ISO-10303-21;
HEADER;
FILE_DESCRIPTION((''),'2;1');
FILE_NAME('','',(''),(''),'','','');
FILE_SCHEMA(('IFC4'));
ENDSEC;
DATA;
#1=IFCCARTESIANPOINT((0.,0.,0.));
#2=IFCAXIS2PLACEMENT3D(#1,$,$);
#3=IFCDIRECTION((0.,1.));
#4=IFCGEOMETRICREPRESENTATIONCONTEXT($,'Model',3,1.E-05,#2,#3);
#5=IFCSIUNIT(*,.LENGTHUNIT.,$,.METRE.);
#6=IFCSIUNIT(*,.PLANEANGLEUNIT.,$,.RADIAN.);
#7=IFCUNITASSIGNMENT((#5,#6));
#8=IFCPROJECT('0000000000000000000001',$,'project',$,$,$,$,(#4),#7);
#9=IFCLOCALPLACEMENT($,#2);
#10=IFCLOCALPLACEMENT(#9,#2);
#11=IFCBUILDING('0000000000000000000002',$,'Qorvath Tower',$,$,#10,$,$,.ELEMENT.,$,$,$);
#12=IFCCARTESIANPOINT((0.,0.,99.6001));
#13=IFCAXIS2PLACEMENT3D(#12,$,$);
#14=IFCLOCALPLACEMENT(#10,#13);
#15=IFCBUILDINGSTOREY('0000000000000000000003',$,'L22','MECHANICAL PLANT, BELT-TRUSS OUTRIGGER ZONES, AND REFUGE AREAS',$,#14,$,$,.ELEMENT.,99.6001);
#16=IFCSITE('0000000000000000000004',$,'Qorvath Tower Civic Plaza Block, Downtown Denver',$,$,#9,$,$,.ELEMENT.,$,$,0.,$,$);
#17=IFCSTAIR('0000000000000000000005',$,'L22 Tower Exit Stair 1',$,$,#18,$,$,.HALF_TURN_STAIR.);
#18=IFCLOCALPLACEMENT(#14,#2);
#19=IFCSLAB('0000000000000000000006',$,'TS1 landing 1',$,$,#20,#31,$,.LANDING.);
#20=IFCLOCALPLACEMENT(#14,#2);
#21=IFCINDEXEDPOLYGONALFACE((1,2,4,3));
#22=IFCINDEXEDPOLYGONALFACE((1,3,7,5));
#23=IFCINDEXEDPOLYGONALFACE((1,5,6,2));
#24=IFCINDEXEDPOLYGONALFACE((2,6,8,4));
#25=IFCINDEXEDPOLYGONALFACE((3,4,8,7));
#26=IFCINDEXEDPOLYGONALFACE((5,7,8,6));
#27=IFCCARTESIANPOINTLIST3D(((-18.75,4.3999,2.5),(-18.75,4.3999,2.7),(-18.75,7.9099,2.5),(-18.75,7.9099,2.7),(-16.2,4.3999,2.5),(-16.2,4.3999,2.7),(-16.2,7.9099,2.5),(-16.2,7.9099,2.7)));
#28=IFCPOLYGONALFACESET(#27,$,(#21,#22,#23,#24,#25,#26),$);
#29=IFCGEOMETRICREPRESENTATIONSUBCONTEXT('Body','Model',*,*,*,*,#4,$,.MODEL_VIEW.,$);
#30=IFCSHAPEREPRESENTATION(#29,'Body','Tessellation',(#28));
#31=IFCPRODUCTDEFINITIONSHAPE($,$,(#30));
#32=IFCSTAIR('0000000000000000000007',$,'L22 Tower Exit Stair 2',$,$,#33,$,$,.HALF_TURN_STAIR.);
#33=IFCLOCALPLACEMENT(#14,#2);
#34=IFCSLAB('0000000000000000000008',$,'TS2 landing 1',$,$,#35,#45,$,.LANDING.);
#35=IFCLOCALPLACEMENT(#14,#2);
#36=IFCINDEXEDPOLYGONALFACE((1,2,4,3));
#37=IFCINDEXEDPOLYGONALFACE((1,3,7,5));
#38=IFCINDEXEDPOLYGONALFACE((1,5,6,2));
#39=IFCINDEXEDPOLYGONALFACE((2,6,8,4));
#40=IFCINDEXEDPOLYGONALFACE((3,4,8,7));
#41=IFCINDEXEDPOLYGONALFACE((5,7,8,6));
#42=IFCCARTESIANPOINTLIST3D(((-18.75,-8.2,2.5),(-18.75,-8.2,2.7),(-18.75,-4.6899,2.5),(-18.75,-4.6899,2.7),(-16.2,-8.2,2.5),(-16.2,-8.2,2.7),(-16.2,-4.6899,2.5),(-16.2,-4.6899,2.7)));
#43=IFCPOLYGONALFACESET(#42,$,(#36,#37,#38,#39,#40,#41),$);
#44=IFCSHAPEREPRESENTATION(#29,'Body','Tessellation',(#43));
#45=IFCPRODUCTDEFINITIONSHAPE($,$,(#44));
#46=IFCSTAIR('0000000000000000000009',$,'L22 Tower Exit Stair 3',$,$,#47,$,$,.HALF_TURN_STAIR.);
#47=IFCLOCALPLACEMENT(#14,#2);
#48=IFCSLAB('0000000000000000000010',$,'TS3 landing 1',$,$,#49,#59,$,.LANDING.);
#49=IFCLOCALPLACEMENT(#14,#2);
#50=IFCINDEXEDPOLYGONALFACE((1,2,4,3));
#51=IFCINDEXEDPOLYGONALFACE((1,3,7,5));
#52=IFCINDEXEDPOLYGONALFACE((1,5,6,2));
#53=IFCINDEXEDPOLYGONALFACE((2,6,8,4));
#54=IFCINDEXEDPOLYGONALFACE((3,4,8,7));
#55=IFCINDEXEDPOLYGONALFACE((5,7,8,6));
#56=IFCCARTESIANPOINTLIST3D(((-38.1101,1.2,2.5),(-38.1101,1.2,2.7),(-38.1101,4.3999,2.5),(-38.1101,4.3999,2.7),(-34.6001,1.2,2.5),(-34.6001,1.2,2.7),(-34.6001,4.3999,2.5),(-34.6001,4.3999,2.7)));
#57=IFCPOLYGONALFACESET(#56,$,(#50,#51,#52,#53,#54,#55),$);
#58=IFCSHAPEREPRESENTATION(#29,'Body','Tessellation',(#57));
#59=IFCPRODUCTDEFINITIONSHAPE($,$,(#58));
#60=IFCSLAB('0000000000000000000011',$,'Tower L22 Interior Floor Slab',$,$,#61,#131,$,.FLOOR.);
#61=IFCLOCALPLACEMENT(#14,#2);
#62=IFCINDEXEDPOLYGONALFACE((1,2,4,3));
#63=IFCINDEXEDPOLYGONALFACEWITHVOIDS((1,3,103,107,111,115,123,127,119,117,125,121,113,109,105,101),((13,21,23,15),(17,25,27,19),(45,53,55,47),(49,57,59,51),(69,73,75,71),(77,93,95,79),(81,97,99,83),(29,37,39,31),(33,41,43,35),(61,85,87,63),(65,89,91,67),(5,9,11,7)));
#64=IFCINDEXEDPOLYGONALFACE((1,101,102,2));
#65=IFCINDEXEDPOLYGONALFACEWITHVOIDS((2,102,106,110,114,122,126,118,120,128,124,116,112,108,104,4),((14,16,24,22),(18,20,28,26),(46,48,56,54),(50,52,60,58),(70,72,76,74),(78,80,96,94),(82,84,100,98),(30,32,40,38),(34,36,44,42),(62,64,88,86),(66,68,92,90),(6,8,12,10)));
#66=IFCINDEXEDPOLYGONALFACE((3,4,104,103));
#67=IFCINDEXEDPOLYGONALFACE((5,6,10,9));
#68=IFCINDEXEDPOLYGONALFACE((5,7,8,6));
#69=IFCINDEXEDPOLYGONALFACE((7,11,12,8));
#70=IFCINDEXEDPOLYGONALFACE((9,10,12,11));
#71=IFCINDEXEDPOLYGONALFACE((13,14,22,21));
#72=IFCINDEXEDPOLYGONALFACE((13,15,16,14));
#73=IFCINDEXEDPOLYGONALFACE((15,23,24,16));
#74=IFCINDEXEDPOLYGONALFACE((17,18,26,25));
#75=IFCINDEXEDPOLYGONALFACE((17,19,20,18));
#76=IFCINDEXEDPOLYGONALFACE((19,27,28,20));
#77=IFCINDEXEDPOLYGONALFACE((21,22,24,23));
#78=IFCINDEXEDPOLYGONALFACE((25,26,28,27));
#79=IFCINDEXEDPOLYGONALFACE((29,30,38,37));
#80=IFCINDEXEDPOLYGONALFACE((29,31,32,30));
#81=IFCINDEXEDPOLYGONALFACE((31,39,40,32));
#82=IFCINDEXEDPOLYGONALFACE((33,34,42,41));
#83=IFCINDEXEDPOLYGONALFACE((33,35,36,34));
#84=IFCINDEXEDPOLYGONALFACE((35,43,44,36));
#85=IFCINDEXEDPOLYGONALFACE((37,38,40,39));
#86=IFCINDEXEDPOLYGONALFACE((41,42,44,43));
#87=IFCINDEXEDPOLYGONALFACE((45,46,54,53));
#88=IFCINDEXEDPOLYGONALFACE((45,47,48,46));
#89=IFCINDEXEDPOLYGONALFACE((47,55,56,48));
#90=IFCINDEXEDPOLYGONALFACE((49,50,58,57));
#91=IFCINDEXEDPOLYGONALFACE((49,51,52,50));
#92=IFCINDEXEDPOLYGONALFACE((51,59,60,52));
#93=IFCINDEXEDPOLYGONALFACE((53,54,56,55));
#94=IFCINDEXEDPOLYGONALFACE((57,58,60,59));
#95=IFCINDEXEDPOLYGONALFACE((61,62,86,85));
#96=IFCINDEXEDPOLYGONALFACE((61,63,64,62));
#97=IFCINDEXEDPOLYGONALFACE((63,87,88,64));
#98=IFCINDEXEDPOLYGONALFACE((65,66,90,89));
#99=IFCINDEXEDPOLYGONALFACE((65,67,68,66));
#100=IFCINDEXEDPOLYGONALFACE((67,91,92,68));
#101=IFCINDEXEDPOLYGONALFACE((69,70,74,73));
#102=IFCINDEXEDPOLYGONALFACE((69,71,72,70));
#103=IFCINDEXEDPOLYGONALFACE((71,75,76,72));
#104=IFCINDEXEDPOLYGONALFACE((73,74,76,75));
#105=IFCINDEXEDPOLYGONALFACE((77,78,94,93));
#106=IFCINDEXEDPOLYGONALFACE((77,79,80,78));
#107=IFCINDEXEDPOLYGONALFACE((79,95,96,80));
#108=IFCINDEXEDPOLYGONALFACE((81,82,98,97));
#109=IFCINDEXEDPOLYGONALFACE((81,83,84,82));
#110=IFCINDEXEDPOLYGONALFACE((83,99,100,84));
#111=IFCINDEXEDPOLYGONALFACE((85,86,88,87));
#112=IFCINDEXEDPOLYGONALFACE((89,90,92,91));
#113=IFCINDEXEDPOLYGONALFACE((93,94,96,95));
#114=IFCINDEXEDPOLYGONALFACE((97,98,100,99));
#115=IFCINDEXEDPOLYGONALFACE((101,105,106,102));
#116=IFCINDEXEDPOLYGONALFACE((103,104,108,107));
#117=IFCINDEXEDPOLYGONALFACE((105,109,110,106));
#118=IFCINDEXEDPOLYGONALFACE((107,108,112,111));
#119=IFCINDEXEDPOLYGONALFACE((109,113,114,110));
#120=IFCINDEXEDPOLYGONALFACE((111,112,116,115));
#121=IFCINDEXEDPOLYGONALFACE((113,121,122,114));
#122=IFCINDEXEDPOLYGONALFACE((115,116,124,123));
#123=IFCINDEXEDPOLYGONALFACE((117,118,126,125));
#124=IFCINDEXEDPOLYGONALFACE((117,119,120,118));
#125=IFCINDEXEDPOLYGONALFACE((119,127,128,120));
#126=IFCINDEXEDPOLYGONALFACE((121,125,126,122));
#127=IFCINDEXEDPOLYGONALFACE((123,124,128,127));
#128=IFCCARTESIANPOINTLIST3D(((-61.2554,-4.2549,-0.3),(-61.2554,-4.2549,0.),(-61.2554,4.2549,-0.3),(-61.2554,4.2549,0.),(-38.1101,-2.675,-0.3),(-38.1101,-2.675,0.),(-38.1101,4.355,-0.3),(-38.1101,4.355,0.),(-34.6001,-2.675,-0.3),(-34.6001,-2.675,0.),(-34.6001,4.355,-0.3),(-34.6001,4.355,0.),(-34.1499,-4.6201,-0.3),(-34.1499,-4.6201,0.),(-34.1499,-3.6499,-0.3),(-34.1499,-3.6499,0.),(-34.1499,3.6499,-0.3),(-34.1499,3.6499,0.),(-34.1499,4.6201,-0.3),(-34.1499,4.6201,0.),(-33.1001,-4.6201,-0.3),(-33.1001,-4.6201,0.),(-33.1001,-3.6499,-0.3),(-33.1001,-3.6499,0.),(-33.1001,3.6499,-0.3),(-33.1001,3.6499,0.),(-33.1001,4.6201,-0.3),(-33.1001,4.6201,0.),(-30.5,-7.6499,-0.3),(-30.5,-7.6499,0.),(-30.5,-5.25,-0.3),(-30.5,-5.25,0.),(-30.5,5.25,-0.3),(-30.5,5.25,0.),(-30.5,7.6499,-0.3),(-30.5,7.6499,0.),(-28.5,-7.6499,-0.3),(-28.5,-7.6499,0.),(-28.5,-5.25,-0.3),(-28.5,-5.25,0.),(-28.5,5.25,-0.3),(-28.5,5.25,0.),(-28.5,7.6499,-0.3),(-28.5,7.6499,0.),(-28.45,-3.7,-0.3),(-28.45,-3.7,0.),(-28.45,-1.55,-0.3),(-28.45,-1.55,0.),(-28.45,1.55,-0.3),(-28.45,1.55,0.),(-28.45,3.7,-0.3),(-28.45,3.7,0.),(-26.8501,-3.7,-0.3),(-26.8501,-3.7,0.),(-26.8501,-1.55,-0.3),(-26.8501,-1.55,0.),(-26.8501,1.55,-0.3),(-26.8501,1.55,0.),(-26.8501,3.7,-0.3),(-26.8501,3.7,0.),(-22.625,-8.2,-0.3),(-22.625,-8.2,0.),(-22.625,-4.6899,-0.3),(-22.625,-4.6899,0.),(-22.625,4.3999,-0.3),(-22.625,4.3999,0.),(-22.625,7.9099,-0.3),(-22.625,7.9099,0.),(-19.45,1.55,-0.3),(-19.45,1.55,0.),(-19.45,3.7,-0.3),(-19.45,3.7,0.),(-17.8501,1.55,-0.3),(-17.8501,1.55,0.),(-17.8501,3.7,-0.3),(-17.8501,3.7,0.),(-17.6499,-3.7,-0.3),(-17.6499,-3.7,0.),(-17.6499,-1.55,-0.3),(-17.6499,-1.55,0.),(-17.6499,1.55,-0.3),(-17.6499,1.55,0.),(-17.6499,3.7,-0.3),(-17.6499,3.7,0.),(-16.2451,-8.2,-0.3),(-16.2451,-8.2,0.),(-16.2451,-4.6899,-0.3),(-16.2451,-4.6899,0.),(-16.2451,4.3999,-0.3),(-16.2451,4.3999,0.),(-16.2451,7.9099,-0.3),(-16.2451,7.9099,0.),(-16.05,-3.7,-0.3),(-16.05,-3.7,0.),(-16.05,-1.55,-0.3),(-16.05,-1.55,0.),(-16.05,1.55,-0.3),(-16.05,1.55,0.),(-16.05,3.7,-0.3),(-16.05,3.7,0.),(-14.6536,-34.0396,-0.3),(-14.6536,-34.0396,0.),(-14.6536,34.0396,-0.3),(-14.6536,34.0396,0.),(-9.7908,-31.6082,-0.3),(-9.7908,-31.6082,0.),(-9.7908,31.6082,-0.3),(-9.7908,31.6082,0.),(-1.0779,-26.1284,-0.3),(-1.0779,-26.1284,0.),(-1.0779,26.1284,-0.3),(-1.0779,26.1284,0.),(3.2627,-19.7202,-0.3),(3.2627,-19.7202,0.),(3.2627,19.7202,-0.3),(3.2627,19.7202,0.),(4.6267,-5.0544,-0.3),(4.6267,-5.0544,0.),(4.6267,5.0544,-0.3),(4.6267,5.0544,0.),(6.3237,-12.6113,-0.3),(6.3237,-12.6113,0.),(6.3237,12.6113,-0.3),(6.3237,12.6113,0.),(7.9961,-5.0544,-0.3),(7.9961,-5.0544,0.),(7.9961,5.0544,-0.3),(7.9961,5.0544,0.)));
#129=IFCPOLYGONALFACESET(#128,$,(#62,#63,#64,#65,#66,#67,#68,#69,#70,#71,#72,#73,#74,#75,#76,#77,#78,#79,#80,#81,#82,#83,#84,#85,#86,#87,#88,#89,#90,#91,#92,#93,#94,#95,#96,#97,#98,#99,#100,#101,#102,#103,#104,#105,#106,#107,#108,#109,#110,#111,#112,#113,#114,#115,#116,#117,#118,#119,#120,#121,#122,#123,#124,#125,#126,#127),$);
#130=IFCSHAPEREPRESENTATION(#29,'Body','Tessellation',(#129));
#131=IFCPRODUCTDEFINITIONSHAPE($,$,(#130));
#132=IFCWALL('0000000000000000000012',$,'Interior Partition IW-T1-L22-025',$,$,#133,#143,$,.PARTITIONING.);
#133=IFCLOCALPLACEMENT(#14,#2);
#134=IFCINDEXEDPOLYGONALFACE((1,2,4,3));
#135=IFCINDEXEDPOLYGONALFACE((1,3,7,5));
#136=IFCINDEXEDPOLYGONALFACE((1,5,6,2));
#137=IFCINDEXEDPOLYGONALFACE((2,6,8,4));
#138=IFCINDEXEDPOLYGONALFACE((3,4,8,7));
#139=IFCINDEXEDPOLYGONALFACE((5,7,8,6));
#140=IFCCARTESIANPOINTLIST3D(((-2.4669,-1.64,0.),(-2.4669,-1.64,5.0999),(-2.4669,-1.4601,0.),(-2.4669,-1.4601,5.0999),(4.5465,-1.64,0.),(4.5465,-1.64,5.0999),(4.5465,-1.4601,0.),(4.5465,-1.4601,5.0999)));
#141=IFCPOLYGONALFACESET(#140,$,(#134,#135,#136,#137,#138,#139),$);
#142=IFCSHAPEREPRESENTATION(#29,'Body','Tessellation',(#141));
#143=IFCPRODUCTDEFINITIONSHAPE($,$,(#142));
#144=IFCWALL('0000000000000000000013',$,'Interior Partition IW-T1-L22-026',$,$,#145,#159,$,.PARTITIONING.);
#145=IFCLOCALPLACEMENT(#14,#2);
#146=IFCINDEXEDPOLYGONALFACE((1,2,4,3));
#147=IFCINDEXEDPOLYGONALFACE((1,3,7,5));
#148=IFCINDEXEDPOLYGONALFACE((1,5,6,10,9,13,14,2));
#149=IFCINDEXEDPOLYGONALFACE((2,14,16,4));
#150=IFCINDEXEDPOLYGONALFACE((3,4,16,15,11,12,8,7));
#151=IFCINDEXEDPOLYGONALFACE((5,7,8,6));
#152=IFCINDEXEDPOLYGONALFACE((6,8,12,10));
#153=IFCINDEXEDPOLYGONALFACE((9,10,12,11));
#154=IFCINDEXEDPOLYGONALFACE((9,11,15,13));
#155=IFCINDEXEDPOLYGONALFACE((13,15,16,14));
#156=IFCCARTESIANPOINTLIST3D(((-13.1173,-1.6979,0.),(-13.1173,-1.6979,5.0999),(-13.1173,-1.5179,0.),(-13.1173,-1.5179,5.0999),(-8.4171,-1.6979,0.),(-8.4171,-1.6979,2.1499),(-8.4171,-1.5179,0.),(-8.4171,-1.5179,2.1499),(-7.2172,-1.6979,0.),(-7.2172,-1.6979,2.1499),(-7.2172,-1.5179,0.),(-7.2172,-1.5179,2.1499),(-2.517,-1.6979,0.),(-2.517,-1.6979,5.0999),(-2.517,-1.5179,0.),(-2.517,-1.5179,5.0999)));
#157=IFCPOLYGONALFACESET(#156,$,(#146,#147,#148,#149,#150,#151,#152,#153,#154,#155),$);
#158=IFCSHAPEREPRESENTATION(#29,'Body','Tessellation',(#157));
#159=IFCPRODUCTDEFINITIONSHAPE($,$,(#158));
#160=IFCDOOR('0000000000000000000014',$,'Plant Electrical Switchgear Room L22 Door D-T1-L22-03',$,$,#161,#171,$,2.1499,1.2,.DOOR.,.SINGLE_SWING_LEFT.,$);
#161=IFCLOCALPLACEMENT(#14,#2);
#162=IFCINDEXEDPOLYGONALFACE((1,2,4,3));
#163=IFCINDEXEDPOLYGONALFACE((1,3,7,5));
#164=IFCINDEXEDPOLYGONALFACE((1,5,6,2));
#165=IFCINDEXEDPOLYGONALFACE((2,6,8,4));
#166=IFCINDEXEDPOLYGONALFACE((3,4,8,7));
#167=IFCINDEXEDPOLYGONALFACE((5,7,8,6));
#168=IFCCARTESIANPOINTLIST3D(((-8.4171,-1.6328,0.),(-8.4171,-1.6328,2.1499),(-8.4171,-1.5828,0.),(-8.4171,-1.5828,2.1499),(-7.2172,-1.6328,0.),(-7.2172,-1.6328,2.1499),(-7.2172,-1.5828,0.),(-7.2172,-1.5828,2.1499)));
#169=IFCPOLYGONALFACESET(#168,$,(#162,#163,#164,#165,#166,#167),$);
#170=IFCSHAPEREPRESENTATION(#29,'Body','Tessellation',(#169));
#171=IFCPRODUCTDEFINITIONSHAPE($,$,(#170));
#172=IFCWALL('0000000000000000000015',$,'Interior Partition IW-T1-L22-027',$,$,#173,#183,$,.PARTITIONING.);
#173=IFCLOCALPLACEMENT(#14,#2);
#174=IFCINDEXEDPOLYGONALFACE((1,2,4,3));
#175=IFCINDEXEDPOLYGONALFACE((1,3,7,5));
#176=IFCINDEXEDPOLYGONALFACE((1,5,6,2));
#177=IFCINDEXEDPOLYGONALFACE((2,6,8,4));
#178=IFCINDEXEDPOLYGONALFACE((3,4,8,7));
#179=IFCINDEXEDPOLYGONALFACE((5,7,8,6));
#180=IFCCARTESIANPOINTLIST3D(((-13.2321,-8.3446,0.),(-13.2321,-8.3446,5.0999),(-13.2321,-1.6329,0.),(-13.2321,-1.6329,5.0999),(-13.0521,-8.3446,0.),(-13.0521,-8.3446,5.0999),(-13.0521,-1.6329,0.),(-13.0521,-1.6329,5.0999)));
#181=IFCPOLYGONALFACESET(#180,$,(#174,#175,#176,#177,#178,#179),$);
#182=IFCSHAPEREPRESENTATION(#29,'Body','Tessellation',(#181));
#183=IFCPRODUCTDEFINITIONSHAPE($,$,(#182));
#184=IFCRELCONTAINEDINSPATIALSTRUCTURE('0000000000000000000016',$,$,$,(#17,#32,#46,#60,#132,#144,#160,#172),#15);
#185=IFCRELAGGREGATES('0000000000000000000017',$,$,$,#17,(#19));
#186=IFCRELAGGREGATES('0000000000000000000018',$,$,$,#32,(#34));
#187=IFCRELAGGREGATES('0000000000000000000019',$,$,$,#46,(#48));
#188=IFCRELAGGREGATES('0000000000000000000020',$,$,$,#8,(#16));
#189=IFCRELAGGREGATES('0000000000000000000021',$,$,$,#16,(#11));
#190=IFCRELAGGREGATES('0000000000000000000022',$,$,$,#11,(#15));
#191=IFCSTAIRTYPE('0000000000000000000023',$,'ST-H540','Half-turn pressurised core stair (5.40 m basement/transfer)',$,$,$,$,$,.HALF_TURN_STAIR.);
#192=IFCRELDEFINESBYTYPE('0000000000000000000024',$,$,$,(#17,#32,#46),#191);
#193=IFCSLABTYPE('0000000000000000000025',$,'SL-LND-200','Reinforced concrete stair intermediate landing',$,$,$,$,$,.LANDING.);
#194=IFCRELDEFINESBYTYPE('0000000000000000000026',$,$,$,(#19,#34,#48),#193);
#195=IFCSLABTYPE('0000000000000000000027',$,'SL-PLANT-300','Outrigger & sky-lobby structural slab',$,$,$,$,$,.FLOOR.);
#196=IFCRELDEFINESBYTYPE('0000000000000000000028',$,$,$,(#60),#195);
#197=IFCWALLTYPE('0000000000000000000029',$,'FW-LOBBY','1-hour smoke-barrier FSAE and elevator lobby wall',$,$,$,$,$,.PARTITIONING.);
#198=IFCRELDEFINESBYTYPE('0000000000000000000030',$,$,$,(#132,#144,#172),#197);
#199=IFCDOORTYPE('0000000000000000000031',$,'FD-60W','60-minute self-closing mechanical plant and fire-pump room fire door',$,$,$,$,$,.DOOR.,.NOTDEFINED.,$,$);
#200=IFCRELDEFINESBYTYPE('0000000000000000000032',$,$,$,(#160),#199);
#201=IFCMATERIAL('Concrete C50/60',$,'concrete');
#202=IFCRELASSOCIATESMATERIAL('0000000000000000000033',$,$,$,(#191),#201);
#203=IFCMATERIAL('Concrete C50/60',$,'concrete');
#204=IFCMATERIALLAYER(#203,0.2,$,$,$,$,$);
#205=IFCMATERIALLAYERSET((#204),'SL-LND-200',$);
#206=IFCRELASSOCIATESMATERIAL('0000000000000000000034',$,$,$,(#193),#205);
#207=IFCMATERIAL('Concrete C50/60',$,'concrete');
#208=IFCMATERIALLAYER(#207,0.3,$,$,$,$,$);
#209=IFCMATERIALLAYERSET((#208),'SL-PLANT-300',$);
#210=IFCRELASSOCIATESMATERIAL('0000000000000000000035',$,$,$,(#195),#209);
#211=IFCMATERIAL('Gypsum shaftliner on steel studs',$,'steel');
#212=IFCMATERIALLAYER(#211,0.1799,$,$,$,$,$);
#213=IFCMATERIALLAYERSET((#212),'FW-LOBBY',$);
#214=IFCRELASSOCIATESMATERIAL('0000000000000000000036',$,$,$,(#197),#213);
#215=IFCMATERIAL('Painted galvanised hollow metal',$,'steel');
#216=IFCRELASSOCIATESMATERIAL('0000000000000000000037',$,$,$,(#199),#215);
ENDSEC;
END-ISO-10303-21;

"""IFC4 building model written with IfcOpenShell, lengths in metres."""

from ifc_helpers import new_model, si_unit, direction, frame, frame_2d, origin, place, context, subcontext, project, spatial, polyline, rectangle, outline, extrude, material, layer, layer_set, type_object, element, fill, aggregate, save


model = new_model("IFC4")

# Units and contexts
model_context = context("Model", 3, precision=1e-05, world=origin(), true_north=direction((0.0, 1.0)))
body_context = subcontext(model_context, "Body", "Model", "MODEL_VIEW")
ifc_project = project(units=[si_unit("LENGTHUNIT", "METRE"), si_unit("PLANEANGLEUNIT", "RADIAN")], contexts=[model_context])

# Site, building, storey
site_placement = place(None, origin())
site = spatial("IfcSite", under=ifc_project, at=site_placement, Name="Qorvath Tower Civic Plaza Block, Downtown Denver", CompositionType="ELEMENT", RefElevation=0.0)
building_placement = place(site_placement, origin())
building = spatial("IfcBuilding", under=site, at=building_placement, Name="Qorvath Tower", CompositionType="ELEMENT")
storey_placement = place(building_placement, frame((0.0, 0.0, 99.6001)))
storey = spatial("IfcBuildingStorey", under=building, at=storey_placement, Name="L22", Description="MECHANICAL PLANT, BELT-TRUSS OUTRIGGER ZONES, AND REFUGE AREAS", CompositionType="ELEMENT", Elevation=99.6001)

# Stairs, slabs
ifc_material_1 = material(Name="Concrete C50/60", Category="concrete")
stair_type = type_object("IfcStairType", Name="ST-H540", Description="Half-turn pressurised core stair (5.40 m basement/transfer)", PredefinedType="HALF_TURN_STAIR", material=ifc_material_1)
stair_1_placement = place(storey_placement, origin())
stair_1 = element("IfcStair", 1, at=stair_1_placement, inside=storey, type_object=stair_type, Name="L22 Tower Exit Stair 1", PredefinedType="HALF_TURN_STAIR")
ifc_material_2 = material(Name="Concrete C50/60", Category="concrete")
ifc_layer_1 = layer(ifc_material_2, 0.2)
ifc_layer_set_1 = layer_set([ifc_layer_1], Name="SL-LND-200")
slab_type_1 = type_object("IfcSlabType", Name="SL-LND-200", Description="Reinforced concrete stair intermediate landing", PredefinedType="LANDING", material=ifc_layer_set_1)
slab_1_placement = place(storey_placement, frame((0.0, 0.0, 2.5)))
slab_1 = element("IfcSlab", 2, at=slab_1_placement, type_object=slab_type_1, Name="TS1 landing 1", PredefinedType="LANDING", context=body_context, shape_type="SweptSolid", body=[
    extrude(outline(polyline([(-18.75, 4.3999), (-16.2, 4.3999), (-16.2, 7.9099), (-18.75, 7.9099), (-18.75, 4.3999)])), origin(), (0.0, 0.0, 1.0), 0.2),
])
aggregate(stair_1, [slab_1])
stair_2_placement = place(storey_placement, origin())
stair_2 = element("IfcStair", 3, at=stair_2_placement, inside=storey, type_object=stair_type, Name="L22 Tower Exit Stair 2", PredefinedType="HALF_TURN_STAIR")
slab_2_placement = place(storey_placement, frame((0.0, 0.0, 2.5)))
slab_2 = element("IfcSlab", 4, at=slab_2_placement, type_object=slab_type_1, Name="TS2 landing 1", PredefinedType="LANDING", context=body_context, shape_type="SweptSolid", body=[
    extrude(outline(polyline([(-18.75, -8.2), (-16.2, -8.2), (-16.2, -4.6899), (-18.75, -4.6899), (-18.75, -8.2)])), origin(), (0.0, 0.0, 1.0), 0.2),
])
aggregate(stair_2, [slab_2])
stair_3_placement = place(storey_placement, origin())
stair_3 = element("IfcStair", 5, at=stair_3_placement, inside=storey, type_object=stair_type, Name="L22 Tower Exit Stair 3", PredefinedType="HALF_TURN_STAIR")
slab_3_placement = place(storey_placement, frame((0.0, 0.0, 2.5)))
slab_3 = element("IfcSlab", 6, at=slab_3_placement, type_object=slab_type_1, Name="TS3 landing 1", PredefinedType="LANDING", context=body_context, shape_type="SweptSolid", body=[
    extrude(outline(polyline([(-34.6001, 1.2), (-34.6001, 4.3999), (-38.1101, 4.3999), (-38.1101, 1.2), (-34.6001, 1.2)])), origin(), (0.0, 0.0, 1.0), 0.2),
])
aggregate(stair_3, [slab_3])

# Slab
ifc_material_3 = material(Name="Concrete C50/60", Category="concrete")
ifc_layer_2 = layer(ifc_material_3, 0.3)
ifc_layer_set_2 = layer_set([ifc_layer_2], Name="SL-PLANT-300")
slab_type_2 = type_object("IfcSlabType", Name="SL-PLANT-300", Description="Outrigger & sky-lobby structural slab", PredefinedType="FLOOR", material=ifc_layer_set_2)
slab_4_placement = place(storey_placement, frame((0.0, 0.0, -0.3)))
element("IfcSlab", 7, at=slab_4_placement, inside=storey, type_object=slab_type_2, Name="Tower L22 Interior Floor Slab", PredefinedType="FLOOR", context=body_context, shape_type="SweptSolid", body=[
    extrude(outline(polyline([(-61.2554, 4.2549), (-61.2554, -4.2549), (-14.6536, -34.0396), (-9.7908, -31.6082), (-1.0779, -26.1284), (3.2627, -19.7202), (6.3237, -12.6113), (7.9961, -5.0544), (4.6267, -5.0544), (4.6267, 5.0544), (7.9961, 5.0544), (6.3237, 12.6113), (3.2627, 19.7202), (-1.0779, 26.1284), (-9.7908, 31.6082), (-14.6536, 34.0396), (-61.2554, 4.2549)]), holes=[polyline([(-17.6499, -3.7), (-17.6499, -1.55), (-16.05, -1.55), (-16.05, -3.7), (-17.6499, -3.7)]), polyline([(-17.6499, 1.55), (-17.6499, 3.7), (-16.05, 3.7), (-16.05, 1.55), (-17.6499, 1.55)]), polyline([(-16.2451, -8.2), (-22.625, -8.2), (-22.625, -4.6899), (-16.2451, -4.6899), (-16.2451, -8.2)]), polyline([(-22.625, 4.3999), (-22.625, 7.9099), (-16.2451, 7.9099), (-16.2451, 4.3999), (-22.625, 4.3999)]), polyline([(-17.8501, 1.55), (-19.45, 1.55), (-19.45, 3.7), (-17.8501, 3.7), (-17.8501, 1.55)]), polyline([(-28.45, -3.7), (-28.45, -1.55), (-26.8501, -1.55), (-26.8501, -3.7), (-28.45, -3.7)]), polyline([(-26.8501, 1.55), (-28.45, 1.55), (-28.45, 3.7), (-26.8501, 3.7), (-26.8501, 1.55)]), polyline([(-28.5, -7.6499), (-30.5, -7.6499), (-30.5, -5.25), (-28.5, -5.25), (-28.5, -7.6499)]), polyline([(-30.5, 5.25), (-30.5, 7.6499), (-28.5, 7.6499), (-28.5, 5.25), (-30.5, 5.25)]), polyline([(-34.1499, -4.6201), (-34.1499, -3.6499), (-33.1001, -3.6499), (-33.1001, -4.6201), (-34.1499, -4.6201)]), polyline([(-34.1499, 3.6499), (-34.1499, 4.6201), (-33.1001, 4.6201), (-33.1001, 3.6499), (-34.1499, 3.6499)]), polyline([(-34.6001, -2.675), (-38.1101, -2.675), (-38.1101, 4.355), (-34.6001, 4.355), (-34.6001, -2.675)])]), origin(), (0.0, 0.0, 1.0), 0.3),
])

# Wall
ifc_material_4 = material(Name="Gypsum shaftliner on steel studs", Category="steel")
ifc_layer_3 = layer(ifc_material_4, 0.1799)
ifc_layer_set_3 = layer_set([ifc_layer_3], Name="FW-LOBBY")
wall_type_1 = type_object("IfcWallType", Name="FW-LOBBY", Description="1-hour smoke-barrier FSAE and elevator lobby wall", PredefinedType="PARTITIONING", material=ifc_layer_set_3)
wall_1_placement = place(storey_placement, frame((4.5466, -1.55, 0.0), z_axis=(0.0, 0.0, 1.0), x_axis=(-1.0, 0.0, 0.0)))
element("IfcWall", 8, at=wall_1_placement, inside=storey, type_object=wall_type_1, Name="Interior Partition IW-T1-L22-025", PredefinedType="PARTITIONING", context=body_context, shape_type="SweptSolid", body=[
    extrude(rectangle(XDim=7.0134, YDim=0.1799, at=frame_2d((3.5068, 0.0))), origin(), (0.0, 0.0, 1.0), 5.0999),
])

# Wall, opening, door
wall_2_placement = place(storey_placement, frame((-2.5168, -1.6079, 0.0), z_axis=(0.0, 0.0, 1.0), x_axis=(-1.0, 0.0, 0.0)))
wall_2 = element("IfcWall", 9, at=wall_2_placement, inside=storey, type_object=wall_type_1, Name="Interior Partition IW-T1-L22-026", PredefinedType="PARTITIONING", context=body_context, shape_type="SweptSolid", body=[
    extrude(rectangle(XDim=10.6003, YDim=0.1799, at=frame_2d((5.3003, 0.0))), origin(), (0.0, 0.0, 1.0), 5.0999),
])
opening_1_placement = place(wall_2_placement, frame((4.7002, 0.0, 0.0)))
opening_1 = element("IfcOpeningElement", 10, at=opening_1_placement, cuts=wall_2, PredefinedType="OPENING", context=body_context, shape_type="SweptSolid", body=[
    extrude(rectangle(XDim=1.2, YDim=2.1499, at=frame_2d((0.6001, 1.075))), frame((0.0, 0.1001, 0.0), z_axis=(0.0, -1.0, 0.0), x_axis=(1.0, 0.0, 0.0)), (0.0, 0.0, 1.0), 0.2),
])
ifc_material_5 = material(Name="Painted galvanised hollow metal", Category="steel")
door_type_1 = type_object("IfcDoorType", Name="FD-60W", Description="60-minute self-closing mechanical plant and fire-pump room fire door", OperationType="NOTDEFINED", PredefinedType="DOOR", material=ifc_material_5)
door_1_placement = place(opening_1_placement, origin())
door_1 = element("IfcDoor", 11, at=door_1_placement, inside=storey, type_object=door_type_1, Name="Plant Electrical Switchgear Room L22 Door D-T1-L22-03", OperationType="SINGLE_SWING_LEFT", OverallHeight=2.1499, OverallWidth=1.2, PredefinedType="DOOR", context=body_context, shape_type="SweptSolid", body=[
    extrude(rectangle(XDim=1.2, YDim=2.1499, at=frame_2d((0.6001, 1.075))), frame((0.0, 0.0249, 0.0), z_axis=(0.0, -1.0, 0.0), x_axis=(1.0, 0.0, 0.0)), (0.0, 0.0, 1.0), 0.05),
])
fill(opening_1, door_1)

# Wall
wall_3_placement = place(storey_placement, frame((-13.1421, -1.6328, 0.0), z_axis=(0.0, 0.0, 1.0), x_axis=(0.0, -1.0, 0.0)))
element("IfcWall", 12, at=wall_3_placement, inside=storey, type_object=wall_type_1, Name="Interior Partition IW-T1-L22-027", PredefinedType="PARTITIONING", context=body_context, shape_type="SweptSolid", body=[
    extrude(rectangle(XDim=6.7117, YDim=0.1799, at=frame_2d((3.356, 0.0))), origin(), (0.0, 0.0, 1.0), 5.0999),
])

save(model, "model.ifc")
